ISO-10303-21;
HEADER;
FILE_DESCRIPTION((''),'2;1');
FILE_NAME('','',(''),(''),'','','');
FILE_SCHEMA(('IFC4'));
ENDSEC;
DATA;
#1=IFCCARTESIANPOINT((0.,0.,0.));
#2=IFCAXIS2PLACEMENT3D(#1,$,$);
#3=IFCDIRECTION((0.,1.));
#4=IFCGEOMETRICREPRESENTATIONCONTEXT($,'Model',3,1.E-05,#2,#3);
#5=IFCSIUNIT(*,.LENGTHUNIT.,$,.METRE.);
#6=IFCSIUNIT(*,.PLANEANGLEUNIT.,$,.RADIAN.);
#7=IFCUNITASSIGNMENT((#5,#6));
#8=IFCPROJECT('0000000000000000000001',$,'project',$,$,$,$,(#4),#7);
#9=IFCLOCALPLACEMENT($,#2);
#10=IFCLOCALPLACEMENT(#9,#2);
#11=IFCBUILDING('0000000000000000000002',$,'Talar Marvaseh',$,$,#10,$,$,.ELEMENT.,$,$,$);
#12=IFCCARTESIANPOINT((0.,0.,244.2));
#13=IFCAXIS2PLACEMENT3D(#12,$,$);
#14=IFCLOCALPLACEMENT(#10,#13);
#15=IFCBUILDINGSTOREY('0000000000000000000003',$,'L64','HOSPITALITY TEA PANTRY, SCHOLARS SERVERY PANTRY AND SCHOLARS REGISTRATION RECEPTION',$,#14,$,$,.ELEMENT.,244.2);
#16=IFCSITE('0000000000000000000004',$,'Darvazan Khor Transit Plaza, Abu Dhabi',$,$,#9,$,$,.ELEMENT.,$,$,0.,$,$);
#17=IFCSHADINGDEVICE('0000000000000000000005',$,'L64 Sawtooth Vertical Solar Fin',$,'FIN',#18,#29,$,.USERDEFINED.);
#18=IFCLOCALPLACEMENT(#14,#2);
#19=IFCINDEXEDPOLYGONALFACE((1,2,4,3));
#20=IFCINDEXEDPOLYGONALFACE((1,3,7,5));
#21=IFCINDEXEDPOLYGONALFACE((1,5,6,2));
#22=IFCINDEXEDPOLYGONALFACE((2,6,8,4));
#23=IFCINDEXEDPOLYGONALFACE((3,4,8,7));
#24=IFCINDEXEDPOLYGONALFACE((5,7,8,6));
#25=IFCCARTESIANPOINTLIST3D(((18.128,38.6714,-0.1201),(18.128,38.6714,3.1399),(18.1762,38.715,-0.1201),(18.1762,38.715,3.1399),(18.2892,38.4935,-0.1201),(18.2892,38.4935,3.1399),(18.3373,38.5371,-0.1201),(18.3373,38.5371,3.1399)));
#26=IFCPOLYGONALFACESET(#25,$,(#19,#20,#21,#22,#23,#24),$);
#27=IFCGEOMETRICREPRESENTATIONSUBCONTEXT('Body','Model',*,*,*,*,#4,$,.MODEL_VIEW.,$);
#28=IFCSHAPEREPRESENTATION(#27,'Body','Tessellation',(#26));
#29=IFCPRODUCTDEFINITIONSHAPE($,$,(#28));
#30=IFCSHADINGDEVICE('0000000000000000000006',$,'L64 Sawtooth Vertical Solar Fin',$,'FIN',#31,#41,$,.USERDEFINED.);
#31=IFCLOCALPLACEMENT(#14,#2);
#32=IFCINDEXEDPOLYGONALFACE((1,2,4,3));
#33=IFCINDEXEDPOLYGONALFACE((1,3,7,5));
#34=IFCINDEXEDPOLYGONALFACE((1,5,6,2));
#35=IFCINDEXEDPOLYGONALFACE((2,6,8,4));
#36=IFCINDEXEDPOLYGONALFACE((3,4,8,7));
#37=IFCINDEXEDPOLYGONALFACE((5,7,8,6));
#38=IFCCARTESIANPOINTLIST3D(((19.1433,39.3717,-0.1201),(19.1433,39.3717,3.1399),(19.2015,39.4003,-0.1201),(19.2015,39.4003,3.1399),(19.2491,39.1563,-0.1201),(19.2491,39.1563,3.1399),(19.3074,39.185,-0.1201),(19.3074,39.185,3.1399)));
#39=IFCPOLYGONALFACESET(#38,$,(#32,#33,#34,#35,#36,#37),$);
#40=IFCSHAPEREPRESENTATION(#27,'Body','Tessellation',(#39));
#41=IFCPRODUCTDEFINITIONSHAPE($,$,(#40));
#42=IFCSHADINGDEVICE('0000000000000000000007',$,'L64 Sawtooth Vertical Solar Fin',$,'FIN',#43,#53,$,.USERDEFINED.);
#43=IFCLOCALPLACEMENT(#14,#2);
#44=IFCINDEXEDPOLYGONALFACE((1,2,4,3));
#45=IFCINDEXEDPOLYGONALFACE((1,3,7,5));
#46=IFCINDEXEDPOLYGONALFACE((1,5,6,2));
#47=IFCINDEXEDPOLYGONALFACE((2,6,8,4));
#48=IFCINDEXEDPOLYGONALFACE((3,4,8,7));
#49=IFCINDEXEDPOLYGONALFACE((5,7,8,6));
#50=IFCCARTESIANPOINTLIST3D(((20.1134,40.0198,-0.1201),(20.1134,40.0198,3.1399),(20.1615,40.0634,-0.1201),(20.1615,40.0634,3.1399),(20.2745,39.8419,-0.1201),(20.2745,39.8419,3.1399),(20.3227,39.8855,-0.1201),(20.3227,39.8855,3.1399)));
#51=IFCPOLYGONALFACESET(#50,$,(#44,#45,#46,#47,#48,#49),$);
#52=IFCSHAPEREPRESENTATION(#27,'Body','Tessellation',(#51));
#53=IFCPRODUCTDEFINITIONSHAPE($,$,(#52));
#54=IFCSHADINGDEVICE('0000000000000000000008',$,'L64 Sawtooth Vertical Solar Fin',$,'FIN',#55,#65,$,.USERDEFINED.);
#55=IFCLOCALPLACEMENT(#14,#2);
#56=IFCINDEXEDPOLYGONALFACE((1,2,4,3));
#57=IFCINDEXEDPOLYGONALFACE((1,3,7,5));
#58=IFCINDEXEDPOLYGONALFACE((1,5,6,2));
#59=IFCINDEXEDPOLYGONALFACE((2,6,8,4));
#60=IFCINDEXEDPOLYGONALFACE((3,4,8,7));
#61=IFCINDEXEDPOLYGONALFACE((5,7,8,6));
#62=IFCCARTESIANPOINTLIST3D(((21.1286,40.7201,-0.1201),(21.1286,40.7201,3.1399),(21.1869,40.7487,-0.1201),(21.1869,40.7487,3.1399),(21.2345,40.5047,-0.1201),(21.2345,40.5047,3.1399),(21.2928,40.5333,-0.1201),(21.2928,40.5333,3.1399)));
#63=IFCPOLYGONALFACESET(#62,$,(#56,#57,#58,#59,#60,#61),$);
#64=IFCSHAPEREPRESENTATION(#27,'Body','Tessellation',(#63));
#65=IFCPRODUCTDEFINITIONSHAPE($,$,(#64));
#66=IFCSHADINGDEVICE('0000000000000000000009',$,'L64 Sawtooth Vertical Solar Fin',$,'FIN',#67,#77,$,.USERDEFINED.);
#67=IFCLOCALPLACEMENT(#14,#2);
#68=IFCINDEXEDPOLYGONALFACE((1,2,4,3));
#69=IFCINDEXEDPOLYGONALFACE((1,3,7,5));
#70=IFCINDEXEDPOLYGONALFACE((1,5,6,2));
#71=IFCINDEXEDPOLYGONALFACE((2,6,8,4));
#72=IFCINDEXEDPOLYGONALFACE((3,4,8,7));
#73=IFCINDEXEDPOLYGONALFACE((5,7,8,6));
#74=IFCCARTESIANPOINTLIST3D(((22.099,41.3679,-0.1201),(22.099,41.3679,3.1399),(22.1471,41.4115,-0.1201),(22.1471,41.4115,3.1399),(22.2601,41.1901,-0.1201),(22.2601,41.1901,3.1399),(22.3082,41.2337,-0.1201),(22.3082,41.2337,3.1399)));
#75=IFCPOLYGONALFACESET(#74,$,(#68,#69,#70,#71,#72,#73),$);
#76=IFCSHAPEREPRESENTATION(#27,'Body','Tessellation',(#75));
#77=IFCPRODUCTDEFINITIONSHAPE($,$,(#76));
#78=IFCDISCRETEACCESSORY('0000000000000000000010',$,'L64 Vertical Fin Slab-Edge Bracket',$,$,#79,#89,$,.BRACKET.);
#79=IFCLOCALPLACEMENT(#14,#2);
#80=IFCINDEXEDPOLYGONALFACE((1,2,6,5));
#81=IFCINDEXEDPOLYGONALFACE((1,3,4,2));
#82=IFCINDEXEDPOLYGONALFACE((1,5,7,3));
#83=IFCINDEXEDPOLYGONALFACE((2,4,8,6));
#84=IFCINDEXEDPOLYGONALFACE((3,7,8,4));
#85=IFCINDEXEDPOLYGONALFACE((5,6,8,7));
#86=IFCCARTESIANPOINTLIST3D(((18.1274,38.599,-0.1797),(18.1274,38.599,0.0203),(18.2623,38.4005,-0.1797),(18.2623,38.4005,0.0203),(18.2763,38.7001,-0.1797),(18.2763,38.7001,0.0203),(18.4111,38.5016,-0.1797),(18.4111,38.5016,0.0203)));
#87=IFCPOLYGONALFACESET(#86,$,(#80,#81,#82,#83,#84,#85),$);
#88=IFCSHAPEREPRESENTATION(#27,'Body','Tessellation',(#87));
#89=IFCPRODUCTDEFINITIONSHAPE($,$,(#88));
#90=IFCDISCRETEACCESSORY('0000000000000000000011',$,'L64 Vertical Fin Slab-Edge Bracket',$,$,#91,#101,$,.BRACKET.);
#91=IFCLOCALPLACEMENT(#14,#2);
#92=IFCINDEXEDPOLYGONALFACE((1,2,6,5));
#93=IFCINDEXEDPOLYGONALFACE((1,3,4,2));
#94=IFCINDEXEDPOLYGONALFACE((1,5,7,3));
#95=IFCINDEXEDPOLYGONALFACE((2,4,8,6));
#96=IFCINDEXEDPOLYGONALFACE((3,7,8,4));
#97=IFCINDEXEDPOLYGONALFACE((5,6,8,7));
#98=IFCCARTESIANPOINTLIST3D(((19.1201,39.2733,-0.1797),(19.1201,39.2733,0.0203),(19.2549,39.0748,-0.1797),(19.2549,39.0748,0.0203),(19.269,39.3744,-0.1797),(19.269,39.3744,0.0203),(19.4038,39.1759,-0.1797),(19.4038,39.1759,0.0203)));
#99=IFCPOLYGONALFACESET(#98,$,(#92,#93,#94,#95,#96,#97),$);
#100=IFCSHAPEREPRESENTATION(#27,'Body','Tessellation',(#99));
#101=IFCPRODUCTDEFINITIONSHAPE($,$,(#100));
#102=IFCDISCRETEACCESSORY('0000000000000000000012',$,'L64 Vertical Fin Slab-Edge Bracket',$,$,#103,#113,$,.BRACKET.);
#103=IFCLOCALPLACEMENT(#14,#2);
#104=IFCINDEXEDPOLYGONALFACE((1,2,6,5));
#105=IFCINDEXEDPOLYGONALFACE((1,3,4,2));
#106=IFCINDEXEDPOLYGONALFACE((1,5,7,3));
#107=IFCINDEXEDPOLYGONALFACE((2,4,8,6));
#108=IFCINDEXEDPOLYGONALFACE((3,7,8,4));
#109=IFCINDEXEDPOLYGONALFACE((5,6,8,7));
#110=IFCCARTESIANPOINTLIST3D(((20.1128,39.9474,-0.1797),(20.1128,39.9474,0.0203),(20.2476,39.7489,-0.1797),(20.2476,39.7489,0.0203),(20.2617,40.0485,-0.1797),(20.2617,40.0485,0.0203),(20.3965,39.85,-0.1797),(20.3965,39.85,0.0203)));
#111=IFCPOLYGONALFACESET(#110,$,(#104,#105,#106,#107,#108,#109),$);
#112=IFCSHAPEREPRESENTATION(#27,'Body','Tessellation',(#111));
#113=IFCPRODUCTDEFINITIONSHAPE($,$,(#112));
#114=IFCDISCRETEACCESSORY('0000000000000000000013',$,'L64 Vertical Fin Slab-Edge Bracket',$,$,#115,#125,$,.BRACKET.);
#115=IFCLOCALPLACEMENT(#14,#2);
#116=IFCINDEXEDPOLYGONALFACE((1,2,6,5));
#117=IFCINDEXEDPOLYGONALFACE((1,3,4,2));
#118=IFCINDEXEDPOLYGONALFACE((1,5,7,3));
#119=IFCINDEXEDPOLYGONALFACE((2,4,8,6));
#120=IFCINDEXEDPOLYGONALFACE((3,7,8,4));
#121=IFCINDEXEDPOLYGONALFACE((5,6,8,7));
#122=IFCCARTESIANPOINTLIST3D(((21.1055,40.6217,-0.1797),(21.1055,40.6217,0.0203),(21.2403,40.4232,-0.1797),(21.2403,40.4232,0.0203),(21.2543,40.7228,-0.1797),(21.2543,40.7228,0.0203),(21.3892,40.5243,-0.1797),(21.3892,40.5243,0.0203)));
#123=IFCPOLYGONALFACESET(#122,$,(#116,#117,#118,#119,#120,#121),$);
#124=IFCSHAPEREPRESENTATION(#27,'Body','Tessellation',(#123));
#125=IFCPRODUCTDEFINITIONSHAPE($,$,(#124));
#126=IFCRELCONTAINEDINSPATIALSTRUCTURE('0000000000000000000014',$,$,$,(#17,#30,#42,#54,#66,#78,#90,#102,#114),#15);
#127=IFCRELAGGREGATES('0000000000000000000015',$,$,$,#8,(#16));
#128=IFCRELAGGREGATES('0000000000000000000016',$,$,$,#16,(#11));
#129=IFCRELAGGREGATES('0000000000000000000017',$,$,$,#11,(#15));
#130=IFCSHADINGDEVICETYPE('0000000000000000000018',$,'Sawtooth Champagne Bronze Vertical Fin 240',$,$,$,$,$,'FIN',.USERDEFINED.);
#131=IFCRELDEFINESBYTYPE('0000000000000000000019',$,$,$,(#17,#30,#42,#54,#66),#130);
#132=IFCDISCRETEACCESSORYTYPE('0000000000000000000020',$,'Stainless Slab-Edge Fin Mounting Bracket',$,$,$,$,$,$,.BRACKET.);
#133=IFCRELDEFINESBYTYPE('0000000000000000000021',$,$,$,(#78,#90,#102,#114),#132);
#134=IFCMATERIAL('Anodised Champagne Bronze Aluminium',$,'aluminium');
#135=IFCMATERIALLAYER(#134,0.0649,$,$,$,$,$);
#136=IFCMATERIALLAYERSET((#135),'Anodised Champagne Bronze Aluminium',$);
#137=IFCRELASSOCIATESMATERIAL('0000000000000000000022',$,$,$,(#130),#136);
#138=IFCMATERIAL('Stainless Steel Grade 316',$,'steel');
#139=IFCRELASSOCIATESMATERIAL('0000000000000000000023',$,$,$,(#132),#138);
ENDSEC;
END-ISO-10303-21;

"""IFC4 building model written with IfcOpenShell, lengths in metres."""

from ifc_helpers import new_model, si_unit, direction, frame, origin, origin_2d, place, context, subcontext, project, spatial, rectangle, extrude, source, transform, mapped, material, layer, layer_set, type_object, type_shapes, element, save


model = new_model("IFC4")

# Units and contexts
model_context = context("Model", 3, precision=1e-05, world=origin(), true_north=direction((0.0, 1.0)))
body_context = subcontext(model_context, "Body", "Model", "MODEL_VIEW")
ifc_project = project(units=[si_unit("LENGTHUNIT", "METRE"), si_unit("PLANEANGLEUNIT", "RADIAN")], contexts=[model_context])

# Site, building, storey
site_placement = place(None, origin())
site = spatial("IfcSite", under=ifc_project, at=site_placement, Name="Darvazan Khor Transit Plaza, Abu Dhabi", CompositionType="ELEMENT", RefElevation=0.0)
building_placement = place(site_placement, origin())
building = spatial("IfcBuilding", under=site, at=building_placement, Name="Talar Marvaseh", CompositionType="ELEMENT")
storey_placement = place(building_placement, frame((0.0, 0.0, 244.2)))
storey = spatial("IfcBuildingStorey", under=building, at=storey_placement, Name="L64", Description="HOSPITALITY TEA PANTRY, SCHOLARS SERVERY PANTRY AND SCHOLARS REGISTRATION RECEPTION", CompositionType="ELEMENT", Elevation=244.2)

# Shading devices
ifc_material_1 = material(Name="Anodised Champagne Bronze Aluminium", Category="aluminium")
ifc_layer_1 = layer(ifc_material_1, 0.0649)
ifc_layer_set_1 = layer_set([ifc_layer_1], Name="Anodised Champagne Bronze Aluminium")
shading_device_type = type_object("IfcShadingDeviceType", Name="Sawtooth Champagne Bronze Vertical Fin 240", ElementType="FIN", PredefinedType="USERDEFINED", material=ifc_layer_set_1)
shared_shape_1 = source(origin(), body_context, "Body", "SweptSolid", [
    extrude(rectangle(XDim=0.24, YDim=0.0649, at=origin_2d()), origin(), (0.0, 0.0, 1.0), 3.26),
])
type_shapes(shading_device_type, [shared_shape_1])
for number, where, z_axis, x_axis, name in (
    (1, (18.2327, 38.6042, -0.1201), (0.0, 0.0, 1.0), (-0.671462, 0.741039, 0.0), "L64 Sawtooth Vertical Solar Fin"),
    (2, (19.2253, 39.2783, -0.1201), (0.0, 0.0, 1.0), (-0.441193, 0.897412, 0.0), "L64 Sawtooth Vertical Solar Fin"),
    (3, (20.218, 39.9526, -0.1201), (0.0, 0.0, 1.0), (-0.671462, 0.741039, 0.0), "L64 Sawtooth Vertical Solar Fin"),
    (4, (21.2107, 40.6267, -0.1201), (0.0, 0.0, 1.0), (-0.441193, 0.897412, 0.0), "L64 Sawtooth Vertical Solar Fin"),
    (5, (22.2036, 41.3008, -0.1201), (0.0, 0.0, 1.0), (-0.671462, 0.741039, 0.0), "L64 Sawtooth Vertical Solar Fin"),
):
    element("IfcShadingDevice", number, at=place(storey_placement, frame(where, z_axis=z_axis, x_axis=x_axis)), inside=storey, type_object=shading_device_type, Name=name, ObjectType="FIN", PredefinedType="USERDEFINED", context=body_context, shape_type="MappedRepresentation", body=[
        mapped(shared_shape_1, transform((0.0, 0.0, 0.0), x_axis=(1.0, 0.0, 0.0), y_axis=(0.0, 1.0, 0.0), z_axis=(0.0, 0.0, 1.0), scale=1.0)),
    ])

# Discrete accessories
ifc_material_2 = material(Name="Stainless Steel Grade 316", Category="steel")
discrete_accessory_type = type_object("IfcDiscreteAccessoryType", Name="Stainless Slab-Edge Fin Mounting Bracket", PredefinedType="BRACKET", material=ifc_material_2)
shared_shape_2 = source(origin(), body_context, "Body", "SweptSolid", [
    extrude(rectangle(XDim=0.24, YDim=0.1799, at=origin_2d()), origin(), (0.0, 0.0, 1.0), 0.2),
])
type_shapes(discrete_accessory_type, [shared_shape_2])
for number, where, z_axis, x_axis, name in (
    (6, (18.2693, 38.5503, -0.1797), (0.0, 0.0, 1.0), (-0.561795, 0.827277, 0.0), "L64 Vertical Fin Slab-Edge Bracket"),
    (7, (19.262, 39.2246, -0.1797), (0.0, 0.0, 1.0), (-0.561795, 0.827277, 0.0), "L64 Vertical Fin Slab-Edge Bracket"),
    (8, (20.2546, 39.8987, -0.1797), (0.0, 0.0, 1.0), (-0.561795, 0.827277, 0.0), "L64 Vertical Fin Slab-Edge Bracket"),
    (9, (21.2473, 40.573, -0.1797), (0.0, 0.0, 1.0), (-0.561795, 0.827277, 0.0), "L64 Vertical Fin Slab-Edge Bracket"),
):
    element("IfcDiscreteAccessory", number, at=place(storey_placement, frame(where, z_axis=z_axis, x_axis=x_axis)), inside=storey, type_object=discrete_accessory_type, Name=name, PredefinedType="BRACKET", context=body_context, shape_type="MappedRepresentation", body=[
        mapped(shared_shape_2, transform((0.0, 0.0, 0.0), x_axis=(1.0, 0.0, 0.0), y_axis=(0.0, 1.0, 0.0), z_axis=(0.0, 0.0, 1.0), scale=1.0)),
    ])

save(model, "model.ifc")
